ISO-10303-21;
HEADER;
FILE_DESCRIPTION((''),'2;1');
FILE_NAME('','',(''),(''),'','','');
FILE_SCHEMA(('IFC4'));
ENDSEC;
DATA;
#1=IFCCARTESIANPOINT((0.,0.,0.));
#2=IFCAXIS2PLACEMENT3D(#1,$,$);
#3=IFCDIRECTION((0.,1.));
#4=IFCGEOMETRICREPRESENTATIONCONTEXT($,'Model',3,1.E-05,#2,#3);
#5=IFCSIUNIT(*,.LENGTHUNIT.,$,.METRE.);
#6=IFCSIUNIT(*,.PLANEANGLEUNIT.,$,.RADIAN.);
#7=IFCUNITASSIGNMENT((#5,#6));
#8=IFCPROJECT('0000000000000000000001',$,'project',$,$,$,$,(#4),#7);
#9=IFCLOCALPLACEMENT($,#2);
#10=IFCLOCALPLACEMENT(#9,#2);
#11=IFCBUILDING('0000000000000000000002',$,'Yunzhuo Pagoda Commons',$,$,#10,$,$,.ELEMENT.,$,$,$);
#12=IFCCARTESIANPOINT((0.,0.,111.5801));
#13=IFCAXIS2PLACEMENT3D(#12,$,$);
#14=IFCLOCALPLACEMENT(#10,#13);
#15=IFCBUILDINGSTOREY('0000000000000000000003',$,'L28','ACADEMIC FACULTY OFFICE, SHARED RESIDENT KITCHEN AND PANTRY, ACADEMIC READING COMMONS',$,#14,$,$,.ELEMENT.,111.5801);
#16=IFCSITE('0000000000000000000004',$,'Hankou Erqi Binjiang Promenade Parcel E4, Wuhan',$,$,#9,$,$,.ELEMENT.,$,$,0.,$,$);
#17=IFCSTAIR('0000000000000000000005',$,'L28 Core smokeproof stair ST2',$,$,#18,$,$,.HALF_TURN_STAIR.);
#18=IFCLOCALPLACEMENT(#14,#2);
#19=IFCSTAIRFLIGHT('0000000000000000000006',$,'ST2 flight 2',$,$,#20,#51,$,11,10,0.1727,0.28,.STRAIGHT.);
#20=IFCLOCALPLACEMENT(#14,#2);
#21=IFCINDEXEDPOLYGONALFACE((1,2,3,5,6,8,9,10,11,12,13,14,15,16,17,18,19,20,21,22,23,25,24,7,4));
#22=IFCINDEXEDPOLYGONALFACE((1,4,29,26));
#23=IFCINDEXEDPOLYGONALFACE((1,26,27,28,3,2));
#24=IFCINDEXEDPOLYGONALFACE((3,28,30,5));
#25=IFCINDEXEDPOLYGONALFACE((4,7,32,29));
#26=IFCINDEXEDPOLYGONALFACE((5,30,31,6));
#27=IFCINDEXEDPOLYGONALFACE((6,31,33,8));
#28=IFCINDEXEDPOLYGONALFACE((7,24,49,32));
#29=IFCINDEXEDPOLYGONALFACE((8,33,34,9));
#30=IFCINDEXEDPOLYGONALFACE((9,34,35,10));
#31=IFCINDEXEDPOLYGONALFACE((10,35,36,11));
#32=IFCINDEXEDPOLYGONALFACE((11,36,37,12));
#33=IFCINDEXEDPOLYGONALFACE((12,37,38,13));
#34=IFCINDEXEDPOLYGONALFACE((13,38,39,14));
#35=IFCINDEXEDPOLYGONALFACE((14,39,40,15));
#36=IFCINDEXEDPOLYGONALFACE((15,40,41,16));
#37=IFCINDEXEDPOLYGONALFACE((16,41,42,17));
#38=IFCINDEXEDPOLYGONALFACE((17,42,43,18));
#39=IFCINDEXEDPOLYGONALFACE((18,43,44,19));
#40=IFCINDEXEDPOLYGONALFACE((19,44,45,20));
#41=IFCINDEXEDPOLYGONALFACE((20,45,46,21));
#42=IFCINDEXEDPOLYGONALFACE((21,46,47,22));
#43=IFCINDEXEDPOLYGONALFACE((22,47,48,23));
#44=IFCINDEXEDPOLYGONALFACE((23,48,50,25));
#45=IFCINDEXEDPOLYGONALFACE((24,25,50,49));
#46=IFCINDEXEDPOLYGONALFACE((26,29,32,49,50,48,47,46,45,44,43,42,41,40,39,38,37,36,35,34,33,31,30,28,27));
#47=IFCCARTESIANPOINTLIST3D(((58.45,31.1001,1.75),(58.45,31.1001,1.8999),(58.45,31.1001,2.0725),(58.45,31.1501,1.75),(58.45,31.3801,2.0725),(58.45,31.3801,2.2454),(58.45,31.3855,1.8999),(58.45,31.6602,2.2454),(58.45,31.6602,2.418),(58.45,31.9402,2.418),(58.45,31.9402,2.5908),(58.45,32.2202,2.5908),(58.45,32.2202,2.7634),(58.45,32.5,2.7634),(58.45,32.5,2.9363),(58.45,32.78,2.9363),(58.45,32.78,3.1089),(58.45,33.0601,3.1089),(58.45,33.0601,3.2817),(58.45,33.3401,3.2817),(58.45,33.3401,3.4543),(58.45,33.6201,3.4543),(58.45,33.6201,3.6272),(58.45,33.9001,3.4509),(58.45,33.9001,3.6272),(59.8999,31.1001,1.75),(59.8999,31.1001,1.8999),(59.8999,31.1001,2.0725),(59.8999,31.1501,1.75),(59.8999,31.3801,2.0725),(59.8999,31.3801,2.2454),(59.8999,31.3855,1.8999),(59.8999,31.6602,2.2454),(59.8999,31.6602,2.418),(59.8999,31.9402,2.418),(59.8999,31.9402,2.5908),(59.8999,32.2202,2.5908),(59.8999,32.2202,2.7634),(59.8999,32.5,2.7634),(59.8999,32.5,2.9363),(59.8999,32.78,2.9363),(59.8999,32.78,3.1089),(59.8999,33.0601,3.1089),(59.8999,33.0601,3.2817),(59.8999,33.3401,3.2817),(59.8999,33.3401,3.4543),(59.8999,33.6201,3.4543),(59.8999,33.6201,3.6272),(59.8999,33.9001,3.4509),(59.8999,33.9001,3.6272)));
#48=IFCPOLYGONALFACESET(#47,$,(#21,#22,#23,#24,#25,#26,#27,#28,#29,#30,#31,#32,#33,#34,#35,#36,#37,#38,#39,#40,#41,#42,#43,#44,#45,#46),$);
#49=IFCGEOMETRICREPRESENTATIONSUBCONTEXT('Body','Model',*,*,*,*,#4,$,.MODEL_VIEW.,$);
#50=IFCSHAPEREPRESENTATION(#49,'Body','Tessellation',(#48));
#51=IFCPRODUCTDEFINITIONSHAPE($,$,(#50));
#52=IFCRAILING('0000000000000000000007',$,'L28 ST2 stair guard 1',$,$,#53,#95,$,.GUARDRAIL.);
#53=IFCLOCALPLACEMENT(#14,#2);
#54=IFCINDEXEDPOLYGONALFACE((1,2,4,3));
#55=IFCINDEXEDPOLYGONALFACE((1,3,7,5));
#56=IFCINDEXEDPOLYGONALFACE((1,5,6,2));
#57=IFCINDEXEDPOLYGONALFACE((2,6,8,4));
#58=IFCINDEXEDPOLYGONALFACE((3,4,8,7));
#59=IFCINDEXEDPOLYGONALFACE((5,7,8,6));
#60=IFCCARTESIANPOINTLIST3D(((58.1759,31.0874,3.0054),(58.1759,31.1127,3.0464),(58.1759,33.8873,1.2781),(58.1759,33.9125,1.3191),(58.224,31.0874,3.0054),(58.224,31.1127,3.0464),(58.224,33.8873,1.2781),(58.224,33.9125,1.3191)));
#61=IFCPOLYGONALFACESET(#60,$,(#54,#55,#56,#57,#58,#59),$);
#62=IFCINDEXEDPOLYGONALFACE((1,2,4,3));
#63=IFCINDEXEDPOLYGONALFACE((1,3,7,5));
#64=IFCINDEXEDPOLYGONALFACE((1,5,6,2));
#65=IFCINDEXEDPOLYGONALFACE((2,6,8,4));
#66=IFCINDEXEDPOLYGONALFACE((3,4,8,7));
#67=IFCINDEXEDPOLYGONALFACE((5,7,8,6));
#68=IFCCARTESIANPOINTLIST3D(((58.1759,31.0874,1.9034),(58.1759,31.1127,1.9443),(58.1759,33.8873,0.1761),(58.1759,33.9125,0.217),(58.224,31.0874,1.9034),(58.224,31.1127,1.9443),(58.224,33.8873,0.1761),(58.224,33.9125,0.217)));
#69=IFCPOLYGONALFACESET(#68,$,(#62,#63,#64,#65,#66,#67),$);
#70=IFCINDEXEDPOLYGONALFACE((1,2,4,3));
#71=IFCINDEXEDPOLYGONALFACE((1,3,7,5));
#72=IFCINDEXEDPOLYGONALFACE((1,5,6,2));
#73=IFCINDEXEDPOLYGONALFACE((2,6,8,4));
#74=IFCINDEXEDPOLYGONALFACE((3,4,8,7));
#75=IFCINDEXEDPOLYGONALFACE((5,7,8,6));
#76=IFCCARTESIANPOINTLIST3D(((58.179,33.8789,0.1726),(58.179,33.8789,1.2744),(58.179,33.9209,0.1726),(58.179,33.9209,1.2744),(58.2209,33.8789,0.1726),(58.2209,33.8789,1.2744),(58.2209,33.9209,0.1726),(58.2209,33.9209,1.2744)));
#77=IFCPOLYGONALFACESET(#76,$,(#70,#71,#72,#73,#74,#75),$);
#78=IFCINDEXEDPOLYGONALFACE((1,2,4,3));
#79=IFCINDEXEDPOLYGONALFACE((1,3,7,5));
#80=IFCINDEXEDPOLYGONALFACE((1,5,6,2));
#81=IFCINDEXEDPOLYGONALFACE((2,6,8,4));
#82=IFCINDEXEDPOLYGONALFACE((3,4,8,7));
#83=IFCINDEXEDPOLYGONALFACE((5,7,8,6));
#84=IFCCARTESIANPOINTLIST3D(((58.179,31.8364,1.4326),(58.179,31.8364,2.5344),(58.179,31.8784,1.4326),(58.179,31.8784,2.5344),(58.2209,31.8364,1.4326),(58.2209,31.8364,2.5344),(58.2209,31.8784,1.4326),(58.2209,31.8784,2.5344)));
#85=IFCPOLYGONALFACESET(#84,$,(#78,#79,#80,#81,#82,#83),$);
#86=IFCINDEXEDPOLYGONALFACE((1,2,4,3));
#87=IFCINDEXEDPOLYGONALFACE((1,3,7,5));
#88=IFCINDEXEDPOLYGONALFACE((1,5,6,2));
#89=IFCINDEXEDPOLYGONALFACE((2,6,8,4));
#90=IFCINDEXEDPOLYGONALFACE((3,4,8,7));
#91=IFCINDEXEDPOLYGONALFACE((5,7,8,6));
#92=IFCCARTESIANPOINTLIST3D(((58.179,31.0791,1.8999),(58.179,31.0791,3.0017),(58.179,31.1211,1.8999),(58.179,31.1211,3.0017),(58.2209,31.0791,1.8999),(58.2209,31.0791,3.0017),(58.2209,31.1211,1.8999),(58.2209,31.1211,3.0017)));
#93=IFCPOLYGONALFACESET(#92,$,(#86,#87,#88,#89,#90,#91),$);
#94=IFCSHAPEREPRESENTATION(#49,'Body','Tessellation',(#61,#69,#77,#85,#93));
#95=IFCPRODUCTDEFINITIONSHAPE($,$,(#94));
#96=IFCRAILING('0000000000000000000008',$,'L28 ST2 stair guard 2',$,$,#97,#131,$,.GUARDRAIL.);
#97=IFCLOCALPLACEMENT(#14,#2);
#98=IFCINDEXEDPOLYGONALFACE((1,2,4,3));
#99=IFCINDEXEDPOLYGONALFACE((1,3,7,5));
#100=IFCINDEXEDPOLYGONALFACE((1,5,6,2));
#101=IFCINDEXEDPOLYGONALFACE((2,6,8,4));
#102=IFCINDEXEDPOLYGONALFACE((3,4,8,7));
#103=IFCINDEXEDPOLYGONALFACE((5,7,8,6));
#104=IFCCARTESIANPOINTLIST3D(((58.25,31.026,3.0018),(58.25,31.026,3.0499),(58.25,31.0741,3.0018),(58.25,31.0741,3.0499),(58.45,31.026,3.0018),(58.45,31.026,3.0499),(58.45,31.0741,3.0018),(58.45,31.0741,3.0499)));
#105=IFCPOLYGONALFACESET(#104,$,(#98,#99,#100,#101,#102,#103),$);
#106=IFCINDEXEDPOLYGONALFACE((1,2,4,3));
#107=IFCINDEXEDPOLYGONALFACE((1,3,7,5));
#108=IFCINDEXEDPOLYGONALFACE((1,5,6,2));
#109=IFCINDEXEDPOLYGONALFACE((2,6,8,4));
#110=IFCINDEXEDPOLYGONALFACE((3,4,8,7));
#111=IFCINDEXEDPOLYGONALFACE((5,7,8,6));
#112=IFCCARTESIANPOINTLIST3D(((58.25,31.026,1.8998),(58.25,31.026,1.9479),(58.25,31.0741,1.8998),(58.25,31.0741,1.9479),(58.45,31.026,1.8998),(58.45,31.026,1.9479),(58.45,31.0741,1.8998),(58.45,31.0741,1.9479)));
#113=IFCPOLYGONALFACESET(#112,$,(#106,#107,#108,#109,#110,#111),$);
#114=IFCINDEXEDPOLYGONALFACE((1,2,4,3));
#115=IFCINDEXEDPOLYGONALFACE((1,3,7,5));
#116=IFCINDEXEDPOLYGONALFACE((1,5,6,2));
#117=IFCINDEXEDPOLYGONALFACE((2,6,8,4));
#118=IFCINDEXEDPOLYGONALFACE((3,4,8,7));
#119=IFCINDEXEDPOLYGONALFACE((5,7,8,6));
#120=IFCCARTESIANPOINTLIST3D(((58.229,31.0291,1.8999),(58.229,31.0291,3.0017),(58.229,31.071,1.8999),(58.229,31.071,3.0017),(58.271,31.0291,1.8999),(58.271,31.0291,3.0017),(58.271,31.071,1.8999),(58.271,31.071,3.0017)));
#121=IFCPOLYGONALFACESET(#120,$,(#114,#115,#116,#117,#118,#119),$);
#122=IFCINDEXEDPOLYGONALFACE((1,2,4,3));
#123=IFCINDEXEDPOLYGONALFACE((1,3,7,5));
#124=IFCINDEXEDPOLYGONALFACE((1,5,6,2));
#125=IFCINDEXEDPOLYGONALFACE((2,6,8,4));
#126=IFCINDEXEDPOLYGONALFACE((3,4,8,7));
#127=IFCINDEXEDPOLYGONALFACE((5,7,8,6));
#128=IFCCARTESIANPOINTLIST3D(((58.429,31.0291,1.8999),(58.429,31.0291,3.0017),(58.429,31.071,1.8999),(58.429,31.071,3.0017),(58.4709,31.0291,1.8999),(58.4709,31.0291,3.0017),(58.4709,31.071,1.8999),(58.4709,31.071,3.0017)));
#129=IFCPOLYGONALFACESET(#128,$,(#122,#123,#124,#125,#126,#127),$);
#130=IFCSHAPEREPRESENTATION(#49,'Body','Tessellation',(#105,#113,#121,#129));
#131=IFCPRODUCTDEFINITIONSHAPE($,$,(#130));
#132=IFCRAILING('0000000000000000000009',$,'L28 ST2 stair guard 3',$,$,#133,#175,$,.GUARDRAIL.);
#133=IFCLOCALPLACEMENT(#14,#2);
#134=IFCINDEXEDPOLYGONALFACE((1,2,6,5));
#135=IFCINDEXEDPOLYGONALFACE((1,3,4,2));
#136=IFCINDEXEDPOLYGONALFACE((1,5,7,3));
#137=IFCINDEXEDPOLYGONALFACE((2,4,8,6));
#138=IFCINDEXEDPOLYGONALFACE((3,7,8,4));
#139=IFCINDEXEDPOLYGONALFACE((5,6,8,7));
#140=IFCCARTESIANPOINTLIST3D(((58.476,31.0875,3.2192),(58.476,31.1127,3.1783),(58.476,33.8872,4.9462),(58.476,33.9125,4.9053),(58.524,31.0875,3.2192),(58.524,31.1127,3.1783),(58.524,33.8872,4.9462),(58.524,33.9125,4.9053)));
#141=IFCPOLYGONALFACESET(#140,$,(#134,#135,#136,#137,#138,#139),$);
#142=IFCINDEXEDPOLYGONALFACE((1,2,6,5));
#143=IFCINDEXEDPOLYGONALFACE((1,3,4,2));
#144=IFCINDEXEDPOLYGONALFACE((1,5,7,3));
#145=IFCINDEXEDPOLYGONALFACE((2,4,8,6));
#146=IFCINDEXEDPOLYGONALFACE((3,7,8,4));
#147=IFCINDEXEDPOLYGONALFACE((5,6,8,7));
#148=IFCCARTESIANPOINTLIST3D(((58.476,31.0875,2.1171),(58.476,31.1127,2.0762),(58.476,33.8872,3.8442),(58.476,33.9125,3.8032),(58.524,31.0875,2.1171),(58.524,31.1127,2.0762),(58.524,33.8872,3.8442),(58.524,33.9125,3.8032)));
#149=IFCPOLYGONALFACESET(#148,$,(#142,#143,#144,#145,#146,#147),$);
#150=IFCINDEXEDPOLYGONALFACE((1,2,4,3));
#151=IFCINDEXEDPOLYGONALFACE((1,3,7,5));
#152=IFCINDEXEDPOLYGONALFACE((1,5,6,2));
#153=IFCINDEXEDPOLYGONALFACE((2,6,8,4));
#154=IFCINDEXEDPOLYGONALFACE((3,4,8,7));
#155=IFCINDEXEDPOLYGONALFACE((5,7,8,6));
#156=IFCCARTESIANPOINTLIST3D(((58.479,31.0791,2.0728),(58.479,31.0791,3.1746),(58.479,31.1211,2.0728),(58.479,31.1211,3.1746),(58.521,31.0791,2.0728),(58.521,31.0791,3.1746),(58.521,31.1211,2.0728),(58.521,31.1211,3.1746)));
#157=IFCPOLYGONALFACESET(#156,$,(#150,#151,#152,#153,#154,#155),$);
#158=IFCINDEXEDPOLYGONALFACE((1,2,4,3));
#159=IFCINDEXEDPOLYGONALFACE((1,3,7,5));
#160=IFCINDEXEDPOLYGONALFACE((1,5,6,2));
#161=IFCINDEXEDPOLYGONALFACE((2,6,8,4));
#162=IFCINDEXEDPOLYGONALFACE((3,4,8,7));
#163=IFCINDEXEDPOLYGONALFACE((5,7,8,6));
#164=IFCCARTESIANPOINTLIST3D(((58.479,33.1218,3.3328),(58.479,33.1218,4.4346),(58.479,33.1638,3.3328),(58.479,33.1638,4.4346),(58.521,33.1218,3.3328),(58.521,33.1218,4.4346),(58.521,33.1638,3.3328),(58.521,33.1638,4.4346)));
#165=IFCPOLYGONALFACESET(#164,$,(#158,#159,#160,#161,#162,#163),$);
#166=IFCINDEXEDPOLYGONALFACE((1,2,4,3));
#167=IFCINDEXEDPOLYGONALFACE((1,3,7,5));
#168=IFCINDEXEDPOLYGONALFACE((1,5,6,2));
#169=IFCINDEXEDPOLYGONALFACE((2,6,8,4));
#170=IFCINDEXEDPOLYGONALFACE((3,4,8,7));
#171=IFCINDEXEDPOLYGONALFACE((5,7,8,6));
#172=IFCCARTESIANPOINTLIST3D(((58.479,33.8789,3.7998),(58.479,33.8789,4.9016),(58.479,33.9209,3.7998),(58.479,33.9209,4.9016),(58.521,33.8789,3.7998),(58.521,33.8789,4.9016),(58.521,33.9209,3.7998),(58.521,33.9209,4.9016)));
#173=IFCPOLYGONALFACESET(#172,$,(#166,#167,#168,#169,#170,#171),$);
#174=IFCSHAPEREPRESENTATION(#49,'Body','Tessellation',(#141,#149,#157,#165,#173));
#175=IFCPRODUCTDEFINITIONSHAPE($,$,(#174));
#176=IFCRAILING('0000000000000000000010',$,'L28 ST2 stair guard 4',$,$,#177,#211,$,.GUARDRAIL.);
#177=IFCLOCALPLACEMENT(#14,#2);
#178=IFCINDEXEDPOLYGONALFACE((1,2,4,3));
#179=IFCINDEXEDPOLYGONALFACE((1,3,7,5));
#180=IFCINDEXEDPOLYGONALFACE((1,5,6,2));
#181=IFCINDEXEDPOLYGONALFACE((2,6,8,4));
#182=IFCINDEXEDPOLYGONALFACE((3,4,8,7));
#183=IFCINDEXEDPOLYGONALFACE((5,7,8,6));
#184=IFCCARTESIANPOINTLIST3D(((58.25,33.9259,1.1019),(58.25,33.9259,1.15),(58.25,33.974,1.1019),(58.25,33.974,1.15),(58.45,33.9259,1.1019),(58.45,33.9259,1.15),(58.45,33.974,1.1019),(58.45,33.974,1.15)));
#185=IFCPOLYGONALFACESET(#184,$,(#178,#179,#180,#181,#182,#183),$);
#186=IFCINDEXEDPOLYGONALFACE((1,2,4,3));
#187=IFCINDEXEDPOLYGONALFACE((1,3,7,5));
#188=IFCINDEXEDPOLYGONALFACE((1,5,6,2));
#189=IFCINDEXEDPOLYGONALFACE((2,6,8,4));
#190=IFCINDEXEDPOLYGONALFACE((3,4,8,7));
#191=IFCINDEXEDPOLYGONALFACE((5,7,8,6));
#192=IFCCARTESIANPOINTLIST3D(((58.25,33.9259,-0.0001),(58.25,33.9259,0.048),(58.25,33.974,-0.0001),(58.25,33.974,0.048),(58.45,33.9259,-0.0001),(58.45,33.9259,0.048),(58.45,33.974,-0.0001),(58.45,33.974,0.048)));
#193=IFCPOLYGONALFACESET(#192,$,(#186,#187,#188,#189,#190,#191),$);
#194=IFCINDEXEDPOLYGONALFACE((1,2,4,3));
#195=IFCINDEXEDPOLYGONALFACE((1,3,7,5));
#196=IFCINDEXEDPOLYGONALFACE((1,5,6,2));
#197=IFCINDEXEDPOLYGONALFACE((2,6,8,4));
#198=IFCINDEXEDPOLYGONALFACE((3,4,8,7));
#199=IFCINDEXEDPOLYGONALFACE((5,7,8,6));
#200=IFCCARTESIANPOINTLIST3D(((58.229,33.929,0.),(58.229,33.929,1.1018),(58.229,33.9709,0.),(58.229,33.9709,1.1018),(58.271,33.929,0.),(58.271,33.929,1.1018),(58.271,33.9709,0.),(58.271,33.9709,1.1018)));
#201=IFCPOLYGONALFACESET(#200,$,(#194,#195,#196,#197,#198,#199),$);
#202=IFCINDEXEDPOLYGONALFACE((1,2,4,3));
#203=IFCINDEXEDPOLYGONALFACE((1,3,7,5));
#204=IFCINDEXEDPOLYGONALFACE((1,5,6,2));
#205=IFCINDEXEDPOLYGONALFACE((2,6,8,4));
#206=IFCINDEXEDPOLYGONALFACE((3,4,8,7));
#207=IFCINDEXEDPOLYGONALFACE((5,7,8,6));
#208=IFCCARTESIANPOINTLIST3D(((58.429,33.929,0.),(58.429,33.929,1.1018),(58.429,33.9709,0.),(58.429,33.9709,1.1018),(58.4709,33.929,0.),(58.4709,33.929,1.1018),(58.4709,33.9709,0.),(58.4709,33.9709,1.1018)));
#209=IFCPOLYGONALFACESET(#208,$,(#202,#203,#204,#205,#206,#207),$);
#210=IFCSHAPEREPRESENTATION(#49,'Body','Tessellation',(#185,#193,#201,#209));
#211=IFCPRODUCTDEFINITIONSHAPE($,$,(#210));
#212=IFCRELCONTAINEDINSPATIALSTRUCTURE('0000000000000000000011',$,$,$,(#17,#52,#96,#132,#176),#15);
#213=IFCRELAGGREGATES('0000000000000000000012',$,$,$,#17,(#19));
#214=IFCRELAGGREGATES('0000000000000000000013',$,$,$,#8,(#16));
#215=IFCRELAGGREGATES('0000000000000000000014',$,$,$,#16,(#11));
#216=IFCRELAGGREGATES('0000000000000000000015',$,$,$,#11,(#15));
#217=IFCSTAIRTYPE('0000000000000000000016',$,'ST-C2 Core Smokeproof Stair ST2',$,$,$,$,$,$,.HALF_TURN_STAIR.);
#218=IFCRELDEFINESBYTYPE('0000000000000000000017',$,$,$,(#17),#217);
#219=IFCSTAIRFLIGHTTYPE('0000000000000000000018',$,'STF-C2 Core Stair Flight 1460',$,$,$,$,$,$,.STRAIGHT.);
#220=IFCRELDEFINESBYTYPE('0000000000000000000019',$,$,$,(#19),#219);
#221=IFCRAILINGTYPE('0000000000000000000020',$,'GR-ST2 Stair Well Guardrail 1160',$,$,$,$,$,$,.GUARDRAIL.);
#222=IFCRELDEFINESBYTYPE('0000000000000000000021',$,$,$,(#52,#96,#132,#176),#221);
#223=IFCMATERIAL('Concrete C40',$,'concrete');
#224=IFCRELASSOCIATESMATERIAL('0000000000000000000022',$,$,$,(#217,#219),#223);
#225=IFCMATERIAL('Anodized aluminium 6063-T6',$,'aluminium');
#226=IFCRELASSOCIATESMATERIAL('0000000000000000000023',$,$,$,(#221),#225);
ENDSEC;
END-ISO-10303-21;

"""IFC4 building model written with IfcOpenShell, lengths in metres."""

from ifc_helpers import new_model, si_unit, direction, frame, origin, origin_2d, place, context, subcontext, project, spatial, polyline, rectangle, outline, extrude, source, transform, mapped, material, type_object, element, aggregate, save


model = new_model("IFC4")

# Units and contexts
model_context = context("Model", 3, precision=1e-05, world=origin(), true_north=direction((0.0, 1.0)))
body_context = subcontext(model_context, "Body", "Model", "MODEL_VIEW")
ifc_project = project(units=[si_unit("LENGTHUNIT", "METRE"), si_unit("PLANEANGLEUNIT", "RADIAN")], contexts=[model_context])

# Site, building, storey
site_placement = place(None, origin())
site = spatial("IfcSite", under=ifc_project, at=site_placement, Name="Hankou Erqi Binjiang Promenade Parcel E4, Wuhan", CompositionType="ELEMENT", RefElevation=0.0)
building_placement = place(site_placement, origin())
building = spatial("IfcBuilding", under=site, at=building_placement, Name="Yunzhuo Pagoda Commons", CompositionType="ELEMENT")
storey_placement = place(building_placement, frame((0.0, 0.0, 111.5801)))
storey = spatial("IfcBuildingStorey", under=building, at=storey_placement, Name="L28", Description="ACADEMIC FACULTY OFFICE, SHARED RESIDENT KITCHEN AND PANTRY, ACADEMIC READING COMMONS", CompositionType="ELEMENT", Elevation=111.5801)

# Shared definitions
ifc_material_1 = material(Name="Concrete C40", Category="concrete")

# Stair, stair flight
stair_type = type_object("IfcStairType", Name="ST-C2 Core Smokeproof Stair ST2", PredefinedType="HALF_TURN_STAIR", material=ifc_material_1)
stair_placement = place(storey_placement, origin())
stair = element("IfcStair", 1, at=stair_placement, inside=storey, type_object=stair_type, Name="L28 Core smokeproof stair ST2", PredefinedType="HALF_TURN_STAIR")
stair_flight_type = type_object("IfcStairFlightType", Name="STF-C2 Core Stair Flight 1460", PredefinedType="STRAIGHT", material=ifc_material_1)
shared_shape_1 = source(origin(), body_context, "Body", "SweptSolid", [
    extrude(outline(polyline([(0.0, -0.1499), (0.0, 0.0), (0.0, 0.1726), (0.28, 0.1726), (0.28, 0.3455), (0.5601, 0.3455), (0.5601, 0.5181), (0.8401, 0.5181), (0.8401, 0.6909), (1.1201, 0.6909), (1.1201, 0.8635), (1.3999, 0.8635), (1.3999, 1.0364), (1.6799, 1.0364), (1.6799, 1.209), (1.96, 1.209), (1.96, 1.3818), (2.24, 1.3818), (2.24, 1.5544), (2.52, 1.5544), (2.52, 1.7273), (2.8, 1.7273), (2.8, 1.8999), (2.8, 1.551), (0.2854, 0.0), (0.05, -0.1499), (0.0, -0.1499)])), frame((0.0, 0.7251, 0.0), z_axis=(0.0, -1.0, 0.0), x_axis=(1.0, 0.0, 0.0)), (0.0, 0.0, 1.0), 1.45),
])
stair_flight_1_placement = place(storey_placement, frame((59.175, 31.1001, 1.8999), z_axis=(0.0, 0.0, 1.0), x_axis=(0.0, 1.0, 0.0)))
stair_flight_1 = element("IfcStairFlight", 2, at=stair_flight_1_placement, type_object=stair_flight_type, Name="ST2 flight 2", NumberOfRisers=11, NumberOfTreads=10, PredefinedType="STRAIGHT", RiserHeight=0.1727, TreadLength=0.28, context=body_context, shape_type="MappedRepresentation", body=[
    mapped(shared_shape_1, transform((0.0, 0.0, 0.0), scale=1.0)),
])
aggregate(stair, [stair_flight_1])

# Railings
ifc_material_2 = material(Name="Anodized aluminium 6063-T6", Category="aluminium")
railing_type_1 = type_object("IfcRailingType", Name="GR-ST2 Stair Well Guardrail 1160", PredefinedType="GUARDRAIL", material=ifc_material_2)
railing_1_placement = place(storey_placement, frame((58.2, 33.8999, 0.1726)))
element("IfcRailing", 3, at=railing_1_placement, inside=storey, type_object=railing_type_1, Name="L28 ST2 stair guard 1", PredefinedType="GUARDRAIL", context=body_context, shape_type="SweptSolid", body=[
    extrude(rectangle(XDim=0.0481, YDim=0.0481, at=origin_2d()), frame((0.0, 0.0, 1.126), z_axis=(0.0, -0.851069, 0.525054), x_axis=(1.0, 0.0, 0.0)), (0.0, 0.0, 1.0), 3.2898),
    extrude(rectangle(XDim=0.0481, YDim=0.0481, at=origin_2d()), frame((0.0, 0.0, 0.0239), z_axis=(0.0, -0.851069, 0.525054), x_axis=(1.0, 0.0, 0.0)), (0.0, 0.0, 1.0), 3.2898),
    extrude(rectangle(XDim=0.042, YDim=0.042, at=origin_2d()), origin(), (0.0, 0.0, 1.0), 1.1018),
    extrude(rectangle(XDim=0.042, YDim=0.042, at=origin_2d()), frame((0.0, -2.0425, 1.26)), (0.0, 0.0, 1.0), 1.1018),
    extrude(rectangle(XDim=0.042, YDim=0.042, at=origin_2d()), frame((0.0, -2.7998, 1.7273)), (0.0, 0.0, 1.0), 1.1018),
])
railing_2_placement = place(storey_placement, frame((58.25, 31.05, 1.8999)))
element("IfcRailing", 4, at=railing_2_placement, inside=storey, type_object=railing_type_1, Name="L28 ST2 stair guard 2", PredefinedType="GUARDRAIL", context=body_context, shape_type="SweptSolid", body=[
    extrude(rectangle(XDim=0.0481, YDim=0.0481, at=origin_2d()), frame((0.0, 0.0, 1.126), z_axis=(1.0, 0.0, 0.0), x_axis=(0.0, 1.0, 0.0)), (0.0, 0.0, 1.0), 0.2),
    extrude(rectangle(XDim=0.0481, YDim=0.0481, at=origin_2d()), frame((0.0, 0.0, 0.0239), z_axis=(1.0, 0.0, 0.0), x_axis=(0.0, 1.0, 0.0)), (0.0, 0.0, 1.0), 0.2),
    extrude(rectangle(XDim=0.042, YDim=0.042, at=origin_2d()), origin(), (0.0, 0.0, 1.0), 1.1018),
    extrude(rectangle(XDim=0.042, YDim=0.042, at=origin_2d()), frame((0.2, 0.0, 0.0)), (0.0, 0.0, 1.0), 1.1018),
])
railing_3_placement = place(storey_placement, frame((58.5, 31.1001, 2.0728)))
element("IfcRailing", 5, at=railing_3_placement, inside=storey, type_object=railing_type_1, Name="L28 ST2 stair guard 3", PredefinedType="GUARDRAIL", context=body_context, shape_type="SweptSolid", body=[
    extrude(rectangle(XDim=0.0481, YDim=0.0481, at=origin_2d()), frame((0.0, 0.0, 1.126), z_axis=(0.0, 0.851102, 0.525), x_axis=(-1.0, 0.0, 0.0)), (0.0, 0.0, 1.0), 3.2896),
    extrude(rectangle(XDim=0.0481, YDim=0.0481, at=origin_2d()), frame((0.0, 0.0, 0.0239), z_axis=(0.0, 0.851102, 0.525), x_axis=(-1.0, 0.0, 0.0)), (0.0, 0.0, 1.0), 3.2896),
    extrude(rectangle(XDim=0.042, YDim=0.042, at=origin_2d()), origin(), (0.0, 0.0, 1.0), 1.1018),
    extrude(rectangle(XDim=0.042, YDim=0.042, at=origin_2d()), frame((0.0, 2.0427, 1.26)), (0.0, 0.0, 1.0), 1.1018),
    extrude(rectangle(XDim=0.042, YDim=0.042, at=origin_2d()), frame((0.0, 2.7998, 1.7271)), (0.0, 0.0, 1.0), 1.1018),
])
railing_4_placement = place(storey_placement, frame((58.25, 33.95, 0.0)))
element("IfcRailing", 6, at=railing_4_placement, inside=storey, type_object=railing_type_1, Name="L28 ST2 stair guard 4", PredefinedType="GUARDRAIL", context=body_context, shape_type="SweptSolid", body=[
    extrude(rectangle(XDim=0.0481, YDim=0.0481, at=origin_2d()), frame((0.0, 0.0, 1.126), z_axis=(1.0, 0.0, 0.0), x_axis=(0.0, 1.0, 0.0)), (0.0, 0.0, 1.0), 0.2),
    extrude(rectangle(XDim=0.0481, YDim=0.0481, at=origin_2d()), frame((0.0, 0.0, 0.0239), z_axis=(1.0, 0.0, 0.0), x_axis=(0.0, 1.0, 0.0)), (0.0, 0.0, 1.0), 0.2),
    extrude(rectangle(XDim=0.042, YDim=0.042, at=origin_2d()), origin(), (0.0, 0.0, 1.0), 1.1018),
    extrude(rectangle(XDim=0.042, YDim=0.042, at=origin_2d()), frame((0.2, 0.0, 0.0)), (0.0, 0.0, 1.0), 1.1018),
])

save(model, "model.ifc")
